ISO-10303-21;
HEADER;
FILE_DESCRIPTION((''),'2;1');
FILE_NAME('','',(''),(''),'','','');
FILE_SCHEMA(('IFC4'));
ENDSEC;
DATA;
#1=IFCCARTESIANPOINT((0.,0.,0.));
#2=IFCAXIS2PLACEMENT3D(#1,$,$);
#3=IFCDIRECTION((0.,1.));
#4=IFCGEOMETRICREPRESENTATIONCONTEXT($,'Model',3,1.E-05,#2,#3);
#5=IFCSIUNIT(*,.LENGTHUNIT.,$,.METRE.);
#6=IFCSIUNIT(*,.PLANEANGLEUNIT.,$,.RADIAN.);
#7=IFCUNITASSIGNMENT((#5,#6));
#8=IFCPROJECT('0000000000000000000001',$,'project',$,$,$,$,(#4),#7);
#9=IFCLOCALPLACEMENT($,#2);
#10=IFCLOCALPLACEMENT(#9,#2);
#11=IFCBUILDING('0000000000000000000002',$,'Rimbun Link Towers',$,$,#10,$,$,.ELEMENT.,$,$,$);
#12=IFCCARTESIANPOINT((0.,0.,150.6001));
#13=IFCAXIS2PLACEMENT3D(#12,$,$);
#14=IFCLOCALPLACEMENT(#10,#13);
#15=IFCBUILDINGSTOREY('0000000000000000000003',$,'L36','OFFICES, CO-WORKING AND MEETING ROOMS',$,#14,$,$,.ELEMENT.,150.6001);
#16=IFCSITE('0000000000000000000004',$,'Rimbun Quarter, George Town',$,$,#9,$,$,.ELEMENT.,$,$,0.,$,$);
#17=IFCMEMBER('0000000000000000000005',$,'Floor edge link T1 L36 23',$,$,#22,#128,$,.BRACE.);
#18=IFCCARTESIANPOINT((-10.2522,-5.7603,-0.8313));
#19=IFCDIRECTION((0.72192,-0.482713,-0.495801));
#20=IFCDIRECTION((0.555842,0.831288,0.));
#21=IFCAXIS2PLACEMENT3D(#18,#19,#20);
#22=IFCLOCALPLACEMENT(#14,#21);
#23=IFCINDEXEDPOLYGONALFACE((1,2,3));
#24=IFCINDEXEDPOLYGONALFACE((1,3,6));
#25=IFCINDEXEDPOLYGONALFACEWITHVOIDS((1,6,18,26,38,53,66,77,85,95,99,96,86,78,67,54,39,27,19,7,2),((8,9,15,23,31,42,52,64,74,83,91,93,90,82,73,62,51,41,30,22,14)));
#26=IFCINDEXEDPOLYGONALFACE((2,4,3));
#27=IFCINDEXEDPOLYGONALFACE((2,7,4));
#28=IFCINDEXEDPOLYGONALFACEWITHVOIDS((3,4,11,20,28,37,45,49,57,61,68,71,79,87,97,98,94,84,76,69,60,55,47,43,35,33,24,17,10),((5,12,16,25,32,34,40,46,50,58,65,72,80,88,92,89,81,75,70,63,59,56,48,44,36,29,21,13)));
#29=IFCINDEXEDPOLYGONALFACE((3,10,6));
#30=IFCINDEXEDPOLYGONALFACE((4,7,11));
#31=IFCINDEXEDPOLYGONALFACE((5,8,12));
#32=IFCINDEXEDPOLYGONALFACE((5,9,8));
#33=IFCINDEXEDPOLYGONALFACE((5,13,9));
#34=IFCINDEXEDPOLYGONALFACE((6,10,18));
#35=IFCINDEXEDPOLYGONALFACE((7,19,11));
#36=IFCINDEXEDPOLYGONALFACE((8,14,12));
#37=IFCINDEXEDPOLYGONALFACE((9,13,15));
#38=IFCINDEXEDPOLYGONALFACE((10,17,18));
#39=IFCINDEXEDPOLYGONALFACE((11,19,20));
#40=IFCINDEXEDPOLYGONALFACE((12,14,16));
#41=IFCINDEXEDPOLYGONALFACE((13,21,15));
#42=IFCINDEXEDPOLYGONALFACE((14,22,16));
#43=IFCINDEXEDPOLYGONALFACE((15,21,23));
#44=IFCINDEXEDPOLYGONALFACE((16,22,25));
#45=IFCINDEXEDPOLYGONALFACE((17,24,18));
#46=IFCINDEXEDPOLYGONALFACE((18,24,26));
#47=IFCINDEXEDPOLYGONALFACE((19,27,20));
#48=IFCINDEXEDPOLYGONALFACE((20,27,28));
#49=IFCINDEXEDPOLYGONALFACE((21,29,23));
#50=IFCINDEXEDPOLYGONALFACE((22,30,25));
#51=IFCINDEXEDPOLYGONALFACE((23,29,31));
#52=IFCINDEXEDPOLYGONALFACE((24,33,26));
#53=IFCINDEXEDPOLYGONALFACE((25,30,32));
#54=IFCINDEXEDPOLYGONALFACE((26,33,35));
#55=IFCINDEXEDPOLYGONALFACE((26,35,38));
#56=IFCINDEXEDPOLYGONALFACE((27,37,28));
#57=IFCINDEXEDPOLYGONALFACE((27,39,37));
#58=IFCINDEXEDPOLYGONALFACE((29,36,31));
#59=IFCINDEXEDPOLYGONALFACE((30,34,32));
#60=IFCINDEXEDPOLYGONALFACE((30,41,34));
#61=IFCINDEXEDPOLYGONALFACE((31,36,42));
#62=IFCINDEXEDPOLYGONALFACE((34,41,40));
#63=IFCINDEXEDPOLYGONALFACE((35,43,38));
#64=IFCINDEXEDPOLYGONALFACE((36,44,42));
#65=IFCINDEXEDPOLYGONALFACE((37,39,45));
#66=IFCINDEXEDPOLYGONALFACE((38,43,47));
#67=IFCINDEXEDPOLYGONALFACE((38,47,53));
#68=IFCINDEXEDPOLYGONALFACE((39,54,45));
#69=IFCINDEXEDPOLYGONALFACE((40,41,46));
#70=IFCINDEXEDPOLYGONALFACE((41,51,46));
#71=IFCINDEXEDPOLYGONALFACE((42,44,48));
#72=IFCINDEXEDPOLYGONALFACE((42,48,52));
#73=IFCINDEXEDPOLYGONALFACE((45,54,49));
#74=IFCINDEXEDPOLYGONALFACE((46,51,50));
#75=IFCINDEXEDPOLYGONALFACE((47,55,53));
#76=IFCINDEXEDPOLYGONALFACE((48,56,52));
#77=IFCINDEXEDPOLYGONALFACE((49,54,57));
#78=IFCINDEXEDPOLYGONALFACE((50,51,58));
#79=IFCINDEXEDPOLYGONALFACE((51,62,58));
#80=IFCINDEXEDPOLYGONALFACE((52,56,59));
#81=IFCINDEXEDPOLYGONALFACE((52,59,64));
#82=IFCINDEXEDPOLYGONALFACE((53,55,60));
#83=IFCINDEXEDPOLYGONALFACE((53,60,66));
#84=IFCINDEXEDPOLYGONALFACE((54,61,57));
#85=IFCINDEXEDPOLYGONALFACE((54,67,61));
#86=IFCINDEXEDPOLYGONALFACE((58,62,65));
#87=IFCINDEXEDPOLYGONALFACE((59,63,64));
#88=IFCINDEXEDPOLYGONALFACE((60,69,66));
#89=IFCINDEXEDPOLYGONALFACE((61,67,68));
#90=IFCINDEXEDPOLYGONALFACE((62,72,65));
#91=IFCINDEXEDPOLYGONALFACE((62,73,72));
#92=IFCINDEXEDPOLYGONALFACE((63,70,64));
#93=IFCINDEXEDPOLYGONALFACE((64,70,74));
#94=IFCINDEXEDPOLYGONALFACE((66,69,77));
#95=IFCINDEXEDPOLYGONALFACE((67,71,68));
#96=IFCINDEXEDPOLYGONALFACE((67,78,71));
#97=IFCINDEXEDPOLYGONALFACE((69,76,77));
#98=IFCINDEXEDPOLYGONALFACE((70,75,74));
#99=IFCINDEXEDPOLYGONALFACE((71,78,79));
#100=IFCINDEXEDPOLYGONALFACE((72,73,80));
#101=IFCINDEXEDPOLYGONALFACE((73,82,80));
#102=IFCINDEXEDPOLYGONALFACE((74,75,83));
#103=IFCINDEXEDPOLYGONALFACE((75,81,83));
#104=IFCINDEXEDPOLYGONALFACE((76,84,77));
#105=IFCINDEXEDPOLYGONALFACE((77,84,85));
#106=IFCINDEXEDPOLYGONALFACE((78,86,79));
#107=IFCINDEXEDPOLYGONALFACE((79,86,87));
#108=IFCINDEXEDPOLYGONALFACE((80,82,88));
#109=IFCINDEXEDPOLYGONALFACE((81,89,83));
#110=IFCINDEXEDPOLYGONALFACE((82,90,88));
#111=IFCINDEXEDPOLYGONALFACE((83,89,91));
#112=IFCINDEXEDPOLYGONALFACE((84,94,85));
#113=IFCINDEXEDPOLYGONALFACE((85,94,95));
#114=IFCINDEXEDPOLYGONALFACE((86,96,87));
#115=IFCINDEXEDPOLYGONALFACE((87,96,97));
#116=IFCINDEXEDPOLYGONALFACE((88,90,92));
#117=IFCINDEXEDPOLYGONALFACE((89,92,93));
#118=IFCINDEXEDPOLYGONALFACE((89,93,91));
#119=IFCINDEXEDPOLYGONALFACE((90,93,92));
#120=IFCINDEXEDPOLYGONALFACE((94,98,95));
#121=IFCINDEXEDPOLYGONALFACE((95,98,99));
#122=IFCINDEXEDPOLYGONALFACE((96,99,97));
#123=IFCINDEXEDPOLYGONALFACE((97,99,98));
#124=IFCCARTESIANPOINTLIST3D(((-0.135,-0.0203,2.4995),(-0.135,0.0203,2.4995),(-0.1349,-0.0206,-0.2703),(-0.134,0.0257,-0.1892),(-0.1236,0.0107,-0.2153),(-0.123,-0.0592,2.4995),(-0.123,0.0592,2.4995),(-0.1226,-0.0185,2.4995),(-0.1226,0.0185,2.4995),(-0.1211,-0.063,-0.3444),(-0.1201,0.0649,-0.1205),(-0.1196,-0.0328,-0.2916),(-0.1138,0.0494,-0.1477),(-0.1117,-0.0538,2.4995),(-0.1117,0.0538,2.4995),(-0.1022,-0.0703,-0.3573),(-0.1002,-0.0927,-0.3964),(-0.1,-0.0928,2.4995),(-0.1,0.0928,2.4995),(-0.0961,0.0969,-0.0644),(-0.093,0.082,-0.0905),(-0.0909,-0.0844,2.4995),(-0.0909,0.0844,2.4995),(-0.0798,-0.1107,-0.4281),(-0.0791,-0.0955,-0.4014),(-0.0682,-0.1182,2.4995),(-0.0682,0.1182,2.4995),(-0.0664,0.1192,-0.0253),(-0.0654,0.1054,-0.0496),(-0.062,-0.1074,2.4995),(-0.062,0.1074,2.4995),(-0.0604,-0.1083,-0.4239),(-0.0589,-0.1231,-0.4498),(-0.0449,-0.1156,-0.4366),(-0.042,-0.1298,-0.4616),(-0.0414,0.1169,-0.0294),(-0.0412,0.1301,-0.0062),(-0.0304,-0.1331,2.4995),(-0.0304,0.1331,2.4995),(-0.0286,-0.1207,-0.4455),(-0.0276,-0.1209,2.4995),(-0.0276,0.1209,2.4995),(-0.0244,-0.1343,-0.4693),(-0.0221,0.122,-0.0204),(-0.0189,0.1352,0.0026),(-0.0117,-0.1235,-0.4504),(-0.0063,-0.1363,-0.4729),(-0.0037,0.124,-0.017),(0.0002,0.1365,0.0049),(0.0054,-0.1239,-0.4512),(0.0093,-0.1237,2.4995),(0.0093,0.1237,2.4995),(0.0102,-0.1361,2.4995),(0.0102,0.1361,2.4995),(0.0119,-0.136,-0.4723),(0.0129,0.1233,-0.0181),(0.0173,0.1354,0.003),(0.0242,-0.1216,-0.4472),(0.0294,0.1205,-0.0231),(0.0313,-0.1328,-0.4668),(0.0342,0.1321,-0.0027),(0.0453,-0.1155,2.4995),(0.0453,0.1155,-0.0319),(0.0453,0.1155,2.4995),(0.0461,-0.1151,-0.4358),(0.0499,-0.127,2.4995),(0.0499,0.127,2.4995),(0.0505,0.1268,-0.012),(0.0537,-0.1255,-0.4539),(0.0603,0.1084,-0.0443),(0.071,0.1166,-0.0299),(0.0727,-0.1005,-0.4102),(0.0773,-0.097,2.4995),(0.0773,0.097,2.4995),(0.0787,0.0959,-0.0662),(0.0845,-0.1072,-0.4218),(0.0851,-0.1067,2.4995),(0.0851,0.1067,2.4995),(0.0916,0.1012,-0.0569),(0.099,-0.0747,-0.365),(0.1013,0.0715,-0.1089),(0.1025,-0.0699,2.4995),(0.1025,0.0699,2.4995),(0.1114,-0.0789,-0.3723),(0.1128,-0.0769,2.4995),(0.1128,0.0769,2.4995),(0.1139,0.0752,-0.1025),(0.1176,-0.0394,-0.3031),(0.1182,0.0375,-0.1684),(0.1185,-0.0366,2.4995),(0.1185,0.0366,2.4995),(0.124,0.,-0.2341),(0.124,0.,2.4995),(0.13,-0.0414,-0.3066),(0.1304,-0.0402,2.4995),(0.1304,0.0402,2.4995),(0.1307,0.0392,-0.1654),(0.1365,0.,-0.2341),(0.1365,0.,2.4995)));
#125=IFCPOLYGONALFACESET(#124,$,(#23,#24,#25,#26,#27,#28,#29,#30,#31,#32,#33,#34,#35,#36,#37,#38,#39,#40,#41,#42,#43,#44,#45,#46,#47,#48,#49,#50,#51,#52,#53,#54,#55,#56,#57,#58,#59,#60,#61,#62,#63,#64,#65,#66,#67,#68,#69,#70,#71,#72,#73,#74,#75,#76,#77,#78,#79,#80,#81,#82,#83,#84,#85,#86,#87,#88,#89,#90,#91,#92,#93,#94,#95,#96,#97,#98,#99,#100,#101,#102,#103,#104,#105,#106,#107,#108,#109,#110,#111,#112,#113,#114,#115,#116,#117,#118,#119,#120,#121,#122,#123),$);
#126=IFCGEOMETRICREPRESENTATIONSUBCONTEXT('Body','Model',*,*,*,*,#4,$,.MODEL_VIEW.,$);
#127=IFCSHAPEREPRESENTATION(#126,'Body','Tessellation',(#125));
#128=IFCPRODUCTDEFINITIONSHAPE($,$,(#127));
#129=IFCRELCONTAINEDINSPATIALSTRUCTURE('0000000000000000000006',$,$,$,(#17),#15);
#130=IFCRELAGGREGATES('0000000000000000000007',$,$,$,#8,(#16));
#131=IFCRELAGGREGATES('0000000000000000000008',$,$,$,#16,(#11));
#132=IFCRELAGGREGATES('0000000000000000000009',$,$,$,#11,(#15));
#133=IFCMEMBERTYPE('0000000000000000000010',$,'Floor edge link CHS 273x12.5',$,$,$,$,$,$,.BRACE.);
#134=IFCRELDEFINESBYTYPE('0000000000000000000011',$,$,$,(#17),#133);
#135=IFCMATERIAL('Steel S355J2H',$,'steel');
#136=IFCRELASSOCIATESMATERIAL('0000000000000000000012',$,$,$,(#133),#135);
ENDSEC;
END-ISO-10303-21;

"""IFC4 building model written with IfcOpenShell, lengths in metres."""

from ifc_helpers import new_model, si_unit, direction, frame, origin, origin_2d, place, context, subcontext, project, spatial, hollow_circle, extrude, clip, halfspace, material, material_profile, profile_set, type_object, element, save


model = new_model("IFC4")

# Units and contexts
model_context = context("Model", 3, precision=1e-05, world=origin(), true_north=direction((0.0, 1.0)))
body_context = subcontext(model_context, "Body", "Model", "MODEL_VIEW")
ifc_project = project(units=[si_unit("LENGTHUNIT", "METRE"), si_unit("PLANEANGLEUNIT", "RADIAN")], contexts=[model_context])

# Site, building, storey
site_placement = place(None, origin())
site = spatial("IfcSite", under=ifc_project, at=site_placement, Name="Rimbun Quarter, George Town", CompositionType="ELEMENT", RefElevation=0.0)
building_placement = place(site_placement, origin())
building = spatial("IfcBuilding", under=site, at=building_placement, Name="Rimbun Link Towers", CompositionType="ELEMENT")
storey_placement = place(building_placement, frame((0.0, 0.0, 150.6001)))
storey = spatial("IfcBuildingStorey", under=building, at=storey_placement, Name="L36", Description="OFFICES, CO-WORKING AND MEETING ROOMS", CompositionType="ELEMENT", Elevation=150.6001)

# Member
ifc_material_1 = material(Name="Steel S355J2H", Category="steel")
ifc_material_profile_1 = material_profile(ifc_material_1, hollow_circle(Radius=0.1365, WallThickness=0.0125, at=origin_2d()), Name="CHS 273x12.5")
ifc_profile_set_1 = profile_set([ifc_material_profile_1], Name="Steel S355J2H")
member_type_1 = type_object("IfcMemberType", Name="Floor edge link CHS 273x12.5", PredefinedType="BRACE", material=ifc_profile_set_1)
member_1_placement = place(storey_placement, frame((-10.2522, -5.7603, -0.8313), z_axis=(0.72192, -0.482713, -0.495801), x_axis=(0.555842, 0.831288, 0.0)))
element("IfcMember", 1, at=member_1_placement, inside=storey, type_object=member_type_1, Name="Floor edge link T1 L36 23", PredefinedType="BRACE", context=body_context, shape_type="Clipping", body=[
    clip(extrude(hollow_circle(Radius=0.1365, WallThickness=0.0125, at=origin_2d()), frame((0.0, 0.0, -0.4983)), (0.0, 0.0, 1.0), 2.9978), halfspace(frame((0.0, 0.0, -0.2341), z_axis=(0.0, 0.868436, -0.495801)), False)),
])

save(model, "model.ifc")
